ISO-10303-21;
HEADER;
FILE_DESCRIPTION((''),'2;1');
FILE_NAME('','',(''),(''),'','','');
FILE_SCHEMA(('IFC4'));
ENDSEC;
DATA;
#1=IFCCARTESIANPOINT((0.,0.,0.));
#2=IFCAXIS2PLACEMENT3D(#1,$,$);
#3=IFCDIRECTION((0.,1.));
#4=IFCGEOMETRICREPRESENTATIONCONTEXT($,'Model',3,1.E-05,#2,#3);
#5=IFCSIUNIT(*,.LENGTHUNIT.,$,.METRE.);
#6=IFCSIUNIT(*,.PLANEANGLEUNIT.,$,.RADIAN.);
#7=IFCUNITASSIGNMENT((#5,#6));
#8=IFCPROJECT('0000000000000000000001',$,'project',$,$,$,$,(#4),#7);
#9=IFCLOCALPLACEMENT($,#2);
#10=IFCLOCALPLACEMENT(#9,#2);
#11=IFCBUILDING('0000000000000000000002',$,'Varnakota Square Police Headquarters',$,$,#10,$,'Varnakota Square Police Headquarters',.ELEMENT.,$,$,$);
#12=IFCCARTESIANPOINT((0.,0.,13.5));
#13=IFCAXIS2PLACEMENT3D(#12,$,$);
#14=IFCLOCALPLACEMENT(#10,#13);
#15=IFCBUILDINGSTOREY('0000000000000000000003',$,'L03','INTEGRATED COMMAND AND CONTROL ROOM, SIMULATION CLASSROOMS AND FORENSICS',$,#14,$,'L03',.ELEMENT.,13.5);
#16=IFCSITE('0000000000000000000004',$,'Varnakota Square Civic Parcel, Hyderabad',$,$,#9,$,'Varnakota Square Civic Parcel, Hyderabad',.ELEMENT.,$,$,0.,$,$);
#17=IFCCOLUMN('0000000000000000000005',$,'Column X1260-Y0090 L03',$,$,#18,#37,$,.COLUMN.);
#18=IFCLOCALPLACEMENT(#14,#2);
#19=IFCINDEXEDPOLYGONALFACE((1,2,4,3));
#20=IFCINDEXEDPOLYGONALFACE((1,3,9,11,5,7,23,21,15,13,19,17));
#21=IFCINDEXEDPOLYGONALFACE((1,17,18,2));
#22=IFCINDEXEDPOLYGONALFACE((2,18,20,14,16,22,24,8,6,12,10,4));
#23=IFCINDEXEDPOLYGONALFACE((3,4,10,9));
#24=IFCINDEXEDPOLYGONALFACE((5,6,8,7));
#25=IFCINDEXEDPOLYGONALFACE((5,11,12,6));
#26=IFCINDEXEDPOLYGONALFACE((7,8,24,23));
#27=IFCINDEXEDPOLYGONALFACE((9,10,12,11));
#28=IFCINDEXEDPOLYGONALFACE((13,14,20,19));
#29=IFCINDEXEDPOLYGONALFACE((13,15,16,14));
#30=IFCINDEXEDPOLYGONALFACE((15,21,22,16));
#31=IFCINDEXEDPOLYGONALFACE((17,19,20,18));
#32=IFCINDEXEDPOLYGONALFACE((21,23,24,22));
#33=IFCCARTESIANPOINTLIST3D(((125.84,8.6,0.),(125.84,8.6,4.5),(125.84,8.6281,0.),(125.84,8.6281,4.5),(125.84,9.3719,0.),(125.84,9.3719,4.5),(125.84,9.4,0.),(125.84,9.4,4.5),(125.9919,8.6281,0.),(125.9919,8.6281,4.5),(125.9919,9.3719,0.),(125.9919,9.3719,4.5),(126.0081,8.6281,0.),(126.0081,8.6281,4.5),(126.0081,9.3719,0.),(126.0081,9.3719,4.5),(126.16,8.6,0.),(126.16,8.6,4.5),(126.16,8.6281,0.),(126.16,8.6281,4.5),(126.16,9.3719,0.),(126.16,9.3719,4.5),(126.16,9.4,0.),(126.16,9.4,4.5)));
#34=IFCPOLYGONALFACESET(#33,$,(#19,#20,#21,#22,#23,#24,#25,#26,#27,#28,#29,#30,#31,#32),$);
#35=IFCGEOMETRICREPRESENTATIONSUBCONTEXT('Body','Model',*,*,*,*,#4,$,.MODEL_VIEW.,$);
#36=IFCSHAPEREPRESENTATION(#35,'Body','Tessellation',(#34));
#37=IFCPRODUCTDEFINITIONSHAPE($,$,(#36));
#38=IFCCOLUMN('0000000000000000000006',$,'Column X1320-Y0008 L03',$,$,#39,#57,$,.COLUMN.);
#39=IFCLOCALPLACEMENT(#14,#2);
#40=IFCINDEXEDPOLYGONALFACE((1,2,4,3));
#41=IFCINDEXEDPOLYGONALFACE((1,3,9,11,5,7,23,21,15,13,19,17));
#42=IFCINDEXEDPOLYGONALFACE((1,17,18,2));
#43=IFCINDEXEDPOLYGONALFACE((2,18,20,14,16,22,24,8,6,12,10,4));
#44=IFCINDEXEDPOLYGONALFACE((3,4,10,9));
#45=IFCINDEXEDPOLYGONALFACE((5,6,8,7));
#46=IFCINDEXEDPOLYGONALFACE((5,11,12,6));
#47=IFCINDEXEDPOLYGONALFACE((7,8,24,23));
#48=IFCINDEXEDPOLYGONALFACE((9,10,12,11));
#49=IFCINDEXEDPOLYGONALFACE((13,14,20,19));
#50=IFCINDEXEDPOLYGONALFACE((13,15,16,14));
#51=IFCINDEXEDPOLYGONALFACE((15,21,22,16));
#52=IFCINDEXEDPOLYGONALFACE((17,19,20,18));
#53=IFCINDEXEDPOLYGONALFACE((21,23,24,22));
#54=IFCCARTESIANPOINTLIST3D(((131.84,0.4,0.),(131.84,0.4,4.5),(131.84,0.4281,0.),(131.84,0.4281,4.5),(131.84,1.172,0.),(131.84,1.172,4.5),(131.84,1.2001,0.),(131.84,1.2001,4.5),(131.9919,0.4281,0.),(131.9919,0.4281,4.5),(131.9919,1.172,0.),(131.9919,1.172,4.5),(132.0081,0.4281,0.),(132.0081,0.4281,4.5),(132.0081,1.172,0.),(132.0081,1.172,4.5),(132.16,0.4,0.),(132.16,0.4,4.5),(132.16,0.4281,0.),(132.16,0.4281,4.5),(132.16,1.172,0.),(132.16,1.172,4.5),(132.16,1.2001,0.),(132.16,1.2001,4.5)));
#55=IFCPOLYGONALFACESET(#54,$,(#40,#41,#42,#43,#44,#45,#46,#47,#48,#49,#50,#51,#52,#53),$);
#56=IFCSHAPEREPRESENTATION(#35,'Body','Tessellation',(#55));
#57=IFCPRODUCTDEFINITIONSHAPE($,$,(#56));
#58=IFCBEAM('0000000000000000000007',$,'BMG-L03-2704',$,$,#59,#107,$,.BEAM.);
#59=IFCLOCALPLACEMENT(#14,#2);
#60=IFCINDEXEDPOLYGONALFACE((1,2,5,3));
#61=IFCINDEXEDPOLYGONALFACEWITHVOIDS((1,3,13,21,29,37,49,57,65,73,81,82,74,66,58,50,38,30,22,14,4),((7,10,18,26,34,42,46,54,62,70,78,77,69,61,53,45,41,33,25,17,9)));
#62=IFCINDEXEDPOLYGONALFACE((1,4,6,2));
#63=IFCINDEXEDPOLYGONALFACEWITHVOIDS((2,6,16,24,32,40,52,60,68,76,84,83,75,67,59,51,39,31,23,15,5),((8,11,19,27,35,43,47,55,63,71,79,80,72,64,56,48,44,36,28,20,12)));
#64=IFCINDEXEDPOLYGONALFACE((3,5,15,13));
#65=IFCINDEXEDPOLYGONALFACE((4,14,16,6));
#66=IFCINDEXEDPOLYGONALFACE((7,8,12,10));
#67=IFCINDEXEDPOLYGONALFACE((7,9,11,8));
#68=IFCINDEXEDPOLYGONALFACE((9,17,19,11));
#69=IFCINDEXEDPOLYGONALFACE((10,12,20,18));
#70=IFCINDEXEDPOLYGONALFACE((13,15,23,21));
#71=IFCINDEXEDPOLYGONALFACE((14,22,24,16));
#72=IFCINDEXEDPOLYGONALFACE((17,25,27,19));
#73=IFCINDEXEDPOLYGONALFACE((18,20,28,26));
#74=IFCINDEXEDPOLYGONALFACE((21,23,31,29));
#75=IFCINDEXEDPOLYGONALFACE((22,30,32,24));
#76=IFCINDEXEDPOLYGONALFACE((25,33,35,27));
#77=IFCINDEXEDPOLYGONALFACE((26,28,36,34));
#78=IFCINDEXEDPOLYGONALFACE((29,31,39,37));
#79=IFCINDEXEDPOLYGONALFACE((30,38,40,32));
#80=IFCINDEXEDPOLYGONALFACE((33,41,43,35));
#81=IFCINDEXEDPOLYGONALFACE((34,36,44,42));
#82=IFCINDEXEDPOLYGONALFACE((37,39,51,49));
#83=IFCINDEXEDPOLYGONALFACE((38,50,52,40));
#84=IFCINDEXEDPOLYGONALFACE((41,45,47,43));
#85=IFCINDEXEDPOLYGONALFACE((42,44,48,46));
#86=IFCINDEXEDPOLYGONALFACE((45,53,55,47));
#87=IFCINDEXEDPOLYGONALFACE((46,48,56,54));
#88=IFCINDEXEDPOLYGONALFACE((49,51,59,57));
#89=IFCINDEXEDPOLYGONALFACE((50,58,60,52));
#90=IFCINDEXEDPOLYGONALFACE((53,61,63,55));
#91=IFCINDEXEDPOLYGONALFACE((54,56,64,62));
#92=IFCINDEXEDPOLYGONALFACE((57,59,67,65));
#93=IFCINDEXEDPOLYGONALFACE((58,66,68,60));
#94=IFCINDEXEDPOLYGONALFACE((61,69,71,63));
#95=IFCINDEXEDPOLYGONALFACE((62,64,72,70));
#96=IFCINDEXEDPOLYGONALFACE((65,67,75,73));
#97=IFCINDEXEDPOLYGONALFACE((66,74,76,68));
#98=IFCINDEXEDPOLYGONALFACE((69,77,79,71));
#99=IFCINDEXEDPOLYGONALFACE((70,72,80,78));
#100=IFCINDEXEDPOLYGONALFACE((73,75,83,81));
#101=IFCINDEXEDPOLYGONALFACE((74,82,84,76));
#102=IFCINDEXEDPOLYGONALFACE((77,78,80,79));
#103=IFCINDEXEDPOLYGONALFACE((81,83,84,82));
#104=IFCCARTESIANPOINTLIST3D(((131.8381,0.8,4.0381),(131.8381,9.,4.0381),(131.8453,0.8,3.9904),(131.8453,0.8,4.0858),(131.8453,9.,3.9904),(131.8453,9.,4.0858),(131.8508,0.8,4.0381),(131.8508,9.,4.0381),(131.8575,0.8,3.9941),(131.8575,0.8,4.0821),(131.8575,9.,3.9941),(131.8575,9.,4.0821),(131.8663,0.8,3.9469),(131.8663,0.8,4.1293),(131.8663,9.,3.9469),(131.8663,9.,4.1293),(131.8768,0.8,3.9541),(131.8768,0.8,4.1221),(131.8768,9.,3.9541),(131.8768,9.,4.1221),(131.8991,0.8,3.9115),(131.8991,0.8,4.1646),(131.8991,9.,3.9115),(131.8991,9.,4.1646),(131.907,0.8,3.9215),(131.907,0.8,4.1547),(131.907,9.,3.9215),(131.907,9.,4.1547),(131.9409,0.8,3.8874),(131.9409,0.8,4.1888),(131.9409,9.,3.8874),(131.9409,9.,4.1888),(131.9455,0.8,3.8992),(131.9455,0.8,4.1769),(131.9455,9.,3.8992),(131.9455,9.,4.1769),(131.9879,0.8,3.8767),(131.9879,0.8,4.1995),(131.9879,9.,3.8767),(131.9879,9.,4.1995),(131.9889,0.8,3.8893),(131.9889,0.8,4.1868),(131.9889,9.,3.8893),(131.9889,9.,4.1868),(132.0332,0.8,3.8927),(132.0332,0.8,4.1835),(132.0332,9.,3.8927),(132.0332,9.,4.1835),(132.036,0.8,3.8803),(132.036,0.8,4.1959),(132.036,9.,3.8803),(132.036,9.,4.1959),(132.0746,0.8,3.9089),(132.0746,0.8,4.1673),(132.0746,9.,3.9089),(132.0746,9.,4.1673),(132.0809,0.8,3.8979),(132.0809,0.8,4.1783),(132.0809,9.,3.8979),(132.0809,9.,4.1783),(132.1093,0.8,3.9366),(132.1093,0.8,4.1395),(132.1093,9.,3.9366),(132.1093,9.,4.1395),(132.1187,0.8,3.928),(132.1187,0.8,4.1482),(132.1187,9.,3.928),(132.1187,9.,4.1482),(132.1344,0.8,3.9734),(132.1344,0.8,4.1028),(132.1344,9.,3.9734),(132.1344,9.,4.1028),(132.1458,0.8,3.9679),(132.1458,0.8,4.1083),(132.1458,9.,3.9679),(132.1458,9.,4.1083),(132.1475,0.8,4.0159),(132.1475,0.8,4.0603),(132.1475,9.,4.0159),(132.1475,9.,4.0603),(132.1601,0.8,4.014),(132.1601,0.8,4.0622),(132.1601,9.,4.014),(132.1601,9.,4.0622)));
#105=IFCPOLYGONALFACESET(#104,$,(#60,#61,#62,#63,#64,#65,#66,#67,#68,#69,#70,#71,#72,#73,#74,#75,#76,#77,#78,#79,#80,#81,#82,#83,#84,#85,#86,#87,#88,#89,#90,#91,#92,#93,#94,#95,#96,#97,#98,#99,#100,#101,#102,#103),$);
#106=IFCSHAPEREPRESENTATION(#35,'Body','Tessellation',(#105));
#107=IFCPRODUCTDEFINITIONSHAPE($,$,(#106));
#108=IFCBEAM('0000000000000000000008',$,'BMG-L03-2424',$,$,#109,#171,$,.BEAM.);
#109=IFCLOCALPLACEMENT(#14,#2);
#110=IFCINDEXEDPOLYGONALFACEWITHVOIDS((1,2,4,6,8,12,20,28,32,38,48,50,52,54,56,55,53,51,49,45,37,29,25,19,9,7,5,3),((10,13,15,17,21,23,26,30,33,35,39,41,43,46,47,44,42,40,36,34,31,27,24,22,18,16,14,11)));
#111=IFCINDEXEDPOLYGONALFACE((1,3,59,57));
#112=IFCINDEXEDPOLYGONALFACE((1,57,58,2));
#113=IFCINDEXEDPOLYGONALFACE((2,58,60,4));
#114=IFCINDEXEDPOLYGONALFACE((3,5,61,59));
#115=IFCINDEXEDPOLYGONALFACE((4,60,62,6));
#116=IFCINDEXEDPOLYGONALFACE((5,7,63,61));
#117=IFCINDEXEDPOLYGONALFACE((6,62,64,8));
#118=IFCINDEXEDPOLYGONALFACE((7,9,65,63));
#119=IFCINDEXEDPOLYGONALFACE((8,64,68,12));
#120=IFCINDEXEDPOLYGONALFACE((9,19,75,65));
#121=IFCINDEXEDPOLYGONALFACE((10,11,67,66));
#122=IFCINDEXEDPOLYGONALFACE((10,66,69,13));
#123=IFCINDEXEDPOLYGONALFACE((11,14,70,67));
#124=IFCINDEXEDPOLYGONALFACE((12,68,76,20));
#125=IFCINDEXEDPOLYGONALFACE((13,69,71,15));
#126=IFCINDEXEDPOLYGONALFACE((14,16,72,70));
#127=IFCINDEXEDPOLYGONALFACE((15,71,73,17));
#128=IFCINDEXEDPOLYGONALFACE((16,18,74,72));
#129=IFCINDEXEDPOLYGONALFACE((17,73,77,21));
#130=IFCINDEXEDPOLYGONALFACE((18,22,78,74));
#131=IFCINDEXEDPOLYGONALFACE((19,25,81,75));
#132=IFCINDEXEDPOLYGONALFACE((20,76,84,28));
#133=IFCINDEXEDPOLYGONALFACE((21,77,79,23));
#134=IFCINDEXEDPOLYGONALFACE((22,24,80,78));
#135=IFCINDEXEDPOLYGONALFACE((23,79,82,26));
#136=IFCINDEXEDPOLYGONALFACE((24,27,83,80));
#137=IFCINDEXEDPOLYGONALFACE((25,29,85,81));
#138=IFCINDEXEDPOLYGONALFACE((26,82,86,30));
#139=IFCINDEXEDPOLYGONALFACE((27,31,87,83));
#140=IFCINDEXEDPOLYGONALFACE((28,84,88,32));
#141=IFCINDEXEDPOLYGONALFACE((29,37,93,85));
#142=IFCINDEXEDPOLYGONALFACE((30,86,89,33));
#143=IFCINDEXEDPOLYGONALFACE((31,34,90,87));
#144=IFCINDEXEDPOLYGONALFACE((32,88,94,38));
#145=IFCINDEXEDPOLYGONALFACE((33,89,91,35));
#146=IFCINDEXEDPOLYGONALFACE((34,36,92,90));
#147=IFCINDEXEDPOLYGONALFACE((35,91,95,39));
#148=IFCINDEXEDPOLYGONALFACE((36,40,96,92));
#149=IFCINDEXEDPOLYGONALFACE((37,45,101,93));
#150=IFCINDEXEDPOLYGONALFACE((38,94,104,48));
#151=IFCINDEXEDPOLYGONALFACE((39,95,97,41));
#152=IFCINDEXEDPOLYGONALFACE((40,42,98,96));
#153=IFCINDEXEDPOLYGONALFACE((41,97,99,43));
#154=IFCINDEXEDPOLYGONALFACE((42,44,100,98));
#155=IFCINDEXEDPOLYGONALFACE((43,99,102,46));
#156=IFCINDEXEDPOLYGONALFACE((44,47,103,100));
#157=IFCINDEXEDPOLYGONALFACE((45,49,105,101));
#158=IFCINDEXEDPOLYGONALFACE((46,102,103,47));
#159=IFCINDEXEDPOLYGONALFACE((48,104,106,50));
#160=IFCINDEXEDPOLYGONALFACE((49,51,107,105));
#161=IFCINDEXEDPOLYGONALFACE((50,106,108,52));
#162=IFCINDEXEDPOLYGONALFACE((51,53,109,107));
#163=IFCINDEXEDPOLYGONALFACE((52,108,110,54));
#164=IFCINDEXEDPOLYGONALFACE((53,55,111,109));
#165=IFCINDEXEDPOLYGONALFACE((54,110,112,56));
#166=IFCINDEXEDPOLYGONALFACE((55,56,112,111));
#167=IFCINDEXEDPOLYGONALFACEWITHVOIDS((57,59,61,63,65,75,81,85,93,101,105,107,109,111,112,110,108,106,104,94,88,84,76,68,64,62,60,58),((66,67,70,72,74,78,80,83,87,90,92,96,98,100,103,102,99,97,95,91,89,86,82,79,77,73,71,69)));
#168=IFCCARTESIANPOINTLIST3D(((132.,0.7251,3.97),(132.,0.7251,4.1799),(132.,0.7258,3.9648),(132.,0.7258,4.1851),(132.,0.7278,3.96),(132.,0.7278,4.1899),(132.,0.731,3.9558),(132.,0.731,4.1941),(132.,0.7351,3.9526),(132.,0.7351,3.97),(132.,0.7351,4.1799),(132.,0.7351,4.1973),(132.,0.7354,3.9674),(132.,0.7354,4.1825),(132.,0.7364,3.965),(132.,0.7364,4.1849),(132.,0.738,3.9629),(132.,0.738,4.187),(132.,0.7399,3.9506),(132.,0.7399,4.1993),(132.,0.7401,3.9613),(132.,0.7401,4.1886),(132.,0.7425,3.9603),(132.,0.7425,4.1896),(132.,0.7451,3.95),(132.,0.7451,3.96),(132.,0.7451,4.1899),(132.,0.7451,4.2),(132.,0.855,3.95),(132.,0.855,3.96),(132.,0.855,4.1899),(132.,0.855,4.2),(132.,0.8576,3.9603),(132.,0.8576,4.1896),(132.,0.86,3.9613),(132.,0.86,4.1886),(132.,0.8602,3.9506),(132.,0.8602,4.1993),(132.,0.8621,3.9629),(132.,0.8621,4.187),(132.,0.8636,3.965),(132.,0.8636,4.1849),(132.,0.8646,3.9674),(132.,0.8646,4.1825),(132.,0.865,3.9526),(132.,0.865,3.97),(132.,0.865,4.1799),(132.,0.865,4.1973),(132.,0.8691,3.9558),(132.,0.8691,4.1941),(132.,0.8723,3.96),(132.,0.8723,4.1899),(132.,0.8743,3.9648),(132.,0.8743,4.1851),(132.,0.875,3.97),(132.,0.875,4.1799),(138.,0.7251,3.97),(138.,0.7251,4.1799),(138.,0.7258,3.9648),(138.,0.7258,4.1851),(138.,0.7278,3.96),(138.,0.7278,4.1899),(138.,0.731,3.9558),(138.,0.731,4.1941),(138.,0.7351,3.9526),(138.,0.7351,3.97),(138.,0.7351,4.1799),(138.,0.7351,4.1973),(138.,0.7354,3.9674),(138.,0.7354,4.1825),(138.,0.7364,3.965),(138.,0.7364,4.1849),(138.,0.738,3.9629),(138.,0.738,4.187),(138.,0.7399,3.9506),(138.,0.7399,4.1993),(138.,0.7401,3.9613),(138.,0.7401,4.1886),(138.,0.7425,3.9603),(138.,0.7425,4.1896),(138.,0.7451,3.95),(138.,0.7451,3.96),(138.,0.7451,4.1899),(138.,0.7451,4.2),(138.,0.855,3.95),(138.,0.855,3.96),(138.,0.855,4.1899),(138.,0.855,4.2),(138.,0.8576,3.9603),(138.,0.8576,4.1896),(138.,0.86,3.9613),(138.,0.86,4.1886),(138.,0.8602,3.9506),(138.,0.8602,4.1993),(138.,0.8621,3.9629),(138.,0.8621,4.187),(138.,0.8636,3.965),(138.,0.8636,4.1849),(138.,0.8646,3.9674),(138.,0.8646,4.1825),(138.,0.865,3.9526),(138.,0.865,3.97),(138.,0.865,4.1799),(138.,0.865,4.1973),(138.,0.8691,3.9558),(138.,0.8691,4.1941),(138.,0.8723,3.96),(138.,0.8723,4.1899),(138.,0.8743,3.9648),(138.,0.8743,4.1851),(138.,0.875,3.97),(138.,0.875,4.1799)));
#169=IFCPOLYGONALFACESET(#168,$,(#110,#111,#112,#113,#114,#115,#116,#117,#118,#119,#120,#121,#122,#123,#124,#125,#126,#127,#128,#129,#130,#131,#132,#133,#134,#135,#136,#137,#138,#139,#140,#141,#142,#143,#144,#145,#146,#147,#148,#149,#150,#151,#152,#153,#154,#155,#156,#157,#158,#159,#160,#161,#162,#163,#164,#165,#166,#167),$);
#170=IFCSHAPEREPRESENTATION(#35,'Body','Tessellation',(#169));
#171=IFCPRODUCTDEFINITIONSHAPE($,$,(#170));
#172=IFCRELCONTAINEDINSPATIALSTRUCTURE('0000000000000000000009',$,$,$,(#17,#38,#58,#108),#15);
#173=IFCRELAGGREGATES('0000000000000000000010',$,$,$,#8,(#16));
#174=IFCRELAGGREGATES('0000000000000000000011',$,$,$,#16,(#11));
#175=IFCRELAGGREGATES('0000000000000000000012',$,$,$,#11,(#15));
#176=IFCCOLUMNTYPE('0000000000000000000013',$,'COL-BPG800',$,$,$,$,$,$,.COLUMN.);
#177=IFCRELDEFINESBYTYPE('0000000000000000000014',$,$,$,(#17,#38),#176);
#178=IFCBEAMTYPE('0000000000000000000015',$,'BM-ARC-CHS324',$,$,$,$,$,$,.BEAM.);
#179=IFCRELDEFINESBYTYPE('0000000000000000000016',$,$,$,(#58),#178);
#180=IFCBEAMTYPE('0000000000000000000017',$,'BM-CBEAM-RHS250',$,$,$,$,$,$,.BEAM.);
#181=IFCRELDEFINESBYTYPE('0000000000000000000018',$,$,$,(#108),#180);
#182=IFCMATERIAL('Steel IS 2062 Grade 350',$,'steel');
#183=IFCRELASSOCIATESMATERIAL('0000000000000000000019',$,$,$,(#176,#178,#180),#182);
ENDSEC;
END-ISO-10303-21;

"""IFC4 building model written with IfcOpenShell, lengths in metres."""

from ifc_helpers import new_model, si_unit, direction, frame, origin, origin_2d, place, context, subcontext, project, spatial, hollow_rectangle, hollow_circle, i_section, extrude, material, material_profile, profile_set, type_object, element, save


model = new_model("IFC4")

# Units and contexts
model_context = context("Model", 3, precision=1e-05, world=origin(), true_north=direction((0.0, 1.0)))
body_context = subcontext(model_context, "Body", "Model", "MODEL_VIEW")
ifc_project = project(units=[si_unit("LENGTHUNIT", "METRE"), si_unit("PLANEANGLEUNIT", "RADIAN")], contexts=[model_context])

# Site, building, storey
site_placement = place(None, origin())
site = spatial("IfcSite", under=ifc_project, at=site_placement, Name="Varnakota Square Civic Parcel, Hyderabad", LongName="Varnakota Square Civic Parcel, Hyderabad", CompositionType="ELEMENT", RefElevation=0.0)
building_placement = place(site_placement, origin())
building = spatial("IfcBuilding", under=site, at=building_placement, Name="Varnakota Square Police Headquarters", LongName="Varnakota Square Police Headquarters", CompositionType="ELEMENT")
storey_placement = place(building_placement, frame((0.0, 0.0, 13.5)))
storey = spatial("IfcBuildingStorey", under=building, at=storey_placement, Name="L03", Description="INTEGRATED COMMAND AND CONTROL ROOM, SIMULATION CLASSROOMS AND FORENSICS", LongName="L03", CompositionType="ELEMENT", Elevation=13.5)

# Columns
ifc_material_1 = material(Name="Steel IS 2062 Grade 350", Category="steel")
ifc_material_profile_1 = material_profile(ifc_material_1, i_section(OverallWidth=0.3201, OverallDepth=0.8, WebThickness=0.0161, FlangeThickness=0.0281, at=origin_2d()), Name="BPG 800x320")
ifc_profile_set_1 = profile_set([ifc_material_profile_1], Name="Steel IS 2062 Grade 350")
column_type = type_object("IfcColumnType", Name="COL-BPG800", PredefinedType="COLUMN", material=ifc_profile_set_1)
for number, where, z_axis, x_axis, name in (
    (1, (126.0, 9.0, 0.0), (0.0, 0.0, 1.0), (1.0, 0.0, 0.0), "Column X1260-Y0090 L03"),
    (2, (132.0, 0.8, 0.0), (0.0, 0.0, 1.0), (1.0, 0.0, 0.0), "Column X1320-Y0008 L03"),
):
    element("IfcColumn", number, at=place(storey_placement, frame(where, z_axis=z_axis, x_axis=x_axis)), inside=storey, type_object=column_type, Name=name, PredefinedType="COLUMN", context=body_context, shape_type="SweptSolid", body=[
        extrude(i_section(OverallWidth=0.3201, OverallDepth=0.8, WebThickness=0.0161, FlangeThickness=0.0281, at=origin_2d()), origin(), (0.0, 0.0, 1.0), 4.5),
    ])

# Beams
ifc_material_profile_2 = material_profile(ifc_material_1, hollow_circle(Radius=0.1619, WallThickness=0.0127, at=origin_2d()), Name="CHS 323.9x12.7")
ifc_profile_set_2 = profile_set([ifc_material_profile_2], Name="Steel IS 2062 Grade 350")
beam_type_1 = type_object("IfcBeamType", Name="BM-ARC-CHS324", PredefinedType="BEAM", material=ifc_profile_set_2)
beam_1_placement = place(storey_placement, frame((132.0, 0.8, 4.0381), z_axis=(0.0, 1.0, 0.0), x_axis=(-1.0, 0.0, 0.0)))
element("IfcBeam", 3, at=beam_1_placement, inside=storey, type_object=beam_type_1, Name="BMG-L03-2704", PredefinedType="BEAM", context=body_context, shape_type="SweptSolid", body=[
    extrude(hollow_circle(Radius=0.1619, WallThickness=0.0127, at=origin_2d()), origin(), (0.0, 0.0, 1.0), 8.2),
])
ifc_material_profile_3 = material_profile(ifc_material_1, hollow_rectangle(XDim=0.1499, YDim=0.25, WallThickness=0.01, InnerFilletRadius=0.01, OuterFilletRadius=0.02, at=origin_2d()), Name="RHS 250x150x10")
ifc_profile_set_3 = profile_set([ifc_material_profile_3], Name="Steel IS 2062 Grade 350")
beam_type_2 = type_object("IfcBeamType", Name="BM-CBEAM-RHS250", PredefinedType="BEAM", material=ifc_profile_set_3)
beam_2_placement = place(storey_placement, frame((132.0, 0.8, 4.075), z_axis=(1.0, 0.0, 0.0), x_axis=(0.0, 1.0, 0.0)))
element("IfcBeam", 4, at=beam_2_placement, inside=storey, type_object=beam_type_2, Name="BMG-L03-2424", PredefinedType="BEAM", context=body_context, shape_type="SweptSolid", body=[
    extrude(hollow_rectangle(XDim=0.1499, YDim=0.25, WallThickness=0.01, InnerFilletRadius=0.01, OuterFilletRadius=0.02, at=origin_2d()), origin(), (0.0, 0.0, 1.0), 6.0),
])

save(model, "model.ifc")
